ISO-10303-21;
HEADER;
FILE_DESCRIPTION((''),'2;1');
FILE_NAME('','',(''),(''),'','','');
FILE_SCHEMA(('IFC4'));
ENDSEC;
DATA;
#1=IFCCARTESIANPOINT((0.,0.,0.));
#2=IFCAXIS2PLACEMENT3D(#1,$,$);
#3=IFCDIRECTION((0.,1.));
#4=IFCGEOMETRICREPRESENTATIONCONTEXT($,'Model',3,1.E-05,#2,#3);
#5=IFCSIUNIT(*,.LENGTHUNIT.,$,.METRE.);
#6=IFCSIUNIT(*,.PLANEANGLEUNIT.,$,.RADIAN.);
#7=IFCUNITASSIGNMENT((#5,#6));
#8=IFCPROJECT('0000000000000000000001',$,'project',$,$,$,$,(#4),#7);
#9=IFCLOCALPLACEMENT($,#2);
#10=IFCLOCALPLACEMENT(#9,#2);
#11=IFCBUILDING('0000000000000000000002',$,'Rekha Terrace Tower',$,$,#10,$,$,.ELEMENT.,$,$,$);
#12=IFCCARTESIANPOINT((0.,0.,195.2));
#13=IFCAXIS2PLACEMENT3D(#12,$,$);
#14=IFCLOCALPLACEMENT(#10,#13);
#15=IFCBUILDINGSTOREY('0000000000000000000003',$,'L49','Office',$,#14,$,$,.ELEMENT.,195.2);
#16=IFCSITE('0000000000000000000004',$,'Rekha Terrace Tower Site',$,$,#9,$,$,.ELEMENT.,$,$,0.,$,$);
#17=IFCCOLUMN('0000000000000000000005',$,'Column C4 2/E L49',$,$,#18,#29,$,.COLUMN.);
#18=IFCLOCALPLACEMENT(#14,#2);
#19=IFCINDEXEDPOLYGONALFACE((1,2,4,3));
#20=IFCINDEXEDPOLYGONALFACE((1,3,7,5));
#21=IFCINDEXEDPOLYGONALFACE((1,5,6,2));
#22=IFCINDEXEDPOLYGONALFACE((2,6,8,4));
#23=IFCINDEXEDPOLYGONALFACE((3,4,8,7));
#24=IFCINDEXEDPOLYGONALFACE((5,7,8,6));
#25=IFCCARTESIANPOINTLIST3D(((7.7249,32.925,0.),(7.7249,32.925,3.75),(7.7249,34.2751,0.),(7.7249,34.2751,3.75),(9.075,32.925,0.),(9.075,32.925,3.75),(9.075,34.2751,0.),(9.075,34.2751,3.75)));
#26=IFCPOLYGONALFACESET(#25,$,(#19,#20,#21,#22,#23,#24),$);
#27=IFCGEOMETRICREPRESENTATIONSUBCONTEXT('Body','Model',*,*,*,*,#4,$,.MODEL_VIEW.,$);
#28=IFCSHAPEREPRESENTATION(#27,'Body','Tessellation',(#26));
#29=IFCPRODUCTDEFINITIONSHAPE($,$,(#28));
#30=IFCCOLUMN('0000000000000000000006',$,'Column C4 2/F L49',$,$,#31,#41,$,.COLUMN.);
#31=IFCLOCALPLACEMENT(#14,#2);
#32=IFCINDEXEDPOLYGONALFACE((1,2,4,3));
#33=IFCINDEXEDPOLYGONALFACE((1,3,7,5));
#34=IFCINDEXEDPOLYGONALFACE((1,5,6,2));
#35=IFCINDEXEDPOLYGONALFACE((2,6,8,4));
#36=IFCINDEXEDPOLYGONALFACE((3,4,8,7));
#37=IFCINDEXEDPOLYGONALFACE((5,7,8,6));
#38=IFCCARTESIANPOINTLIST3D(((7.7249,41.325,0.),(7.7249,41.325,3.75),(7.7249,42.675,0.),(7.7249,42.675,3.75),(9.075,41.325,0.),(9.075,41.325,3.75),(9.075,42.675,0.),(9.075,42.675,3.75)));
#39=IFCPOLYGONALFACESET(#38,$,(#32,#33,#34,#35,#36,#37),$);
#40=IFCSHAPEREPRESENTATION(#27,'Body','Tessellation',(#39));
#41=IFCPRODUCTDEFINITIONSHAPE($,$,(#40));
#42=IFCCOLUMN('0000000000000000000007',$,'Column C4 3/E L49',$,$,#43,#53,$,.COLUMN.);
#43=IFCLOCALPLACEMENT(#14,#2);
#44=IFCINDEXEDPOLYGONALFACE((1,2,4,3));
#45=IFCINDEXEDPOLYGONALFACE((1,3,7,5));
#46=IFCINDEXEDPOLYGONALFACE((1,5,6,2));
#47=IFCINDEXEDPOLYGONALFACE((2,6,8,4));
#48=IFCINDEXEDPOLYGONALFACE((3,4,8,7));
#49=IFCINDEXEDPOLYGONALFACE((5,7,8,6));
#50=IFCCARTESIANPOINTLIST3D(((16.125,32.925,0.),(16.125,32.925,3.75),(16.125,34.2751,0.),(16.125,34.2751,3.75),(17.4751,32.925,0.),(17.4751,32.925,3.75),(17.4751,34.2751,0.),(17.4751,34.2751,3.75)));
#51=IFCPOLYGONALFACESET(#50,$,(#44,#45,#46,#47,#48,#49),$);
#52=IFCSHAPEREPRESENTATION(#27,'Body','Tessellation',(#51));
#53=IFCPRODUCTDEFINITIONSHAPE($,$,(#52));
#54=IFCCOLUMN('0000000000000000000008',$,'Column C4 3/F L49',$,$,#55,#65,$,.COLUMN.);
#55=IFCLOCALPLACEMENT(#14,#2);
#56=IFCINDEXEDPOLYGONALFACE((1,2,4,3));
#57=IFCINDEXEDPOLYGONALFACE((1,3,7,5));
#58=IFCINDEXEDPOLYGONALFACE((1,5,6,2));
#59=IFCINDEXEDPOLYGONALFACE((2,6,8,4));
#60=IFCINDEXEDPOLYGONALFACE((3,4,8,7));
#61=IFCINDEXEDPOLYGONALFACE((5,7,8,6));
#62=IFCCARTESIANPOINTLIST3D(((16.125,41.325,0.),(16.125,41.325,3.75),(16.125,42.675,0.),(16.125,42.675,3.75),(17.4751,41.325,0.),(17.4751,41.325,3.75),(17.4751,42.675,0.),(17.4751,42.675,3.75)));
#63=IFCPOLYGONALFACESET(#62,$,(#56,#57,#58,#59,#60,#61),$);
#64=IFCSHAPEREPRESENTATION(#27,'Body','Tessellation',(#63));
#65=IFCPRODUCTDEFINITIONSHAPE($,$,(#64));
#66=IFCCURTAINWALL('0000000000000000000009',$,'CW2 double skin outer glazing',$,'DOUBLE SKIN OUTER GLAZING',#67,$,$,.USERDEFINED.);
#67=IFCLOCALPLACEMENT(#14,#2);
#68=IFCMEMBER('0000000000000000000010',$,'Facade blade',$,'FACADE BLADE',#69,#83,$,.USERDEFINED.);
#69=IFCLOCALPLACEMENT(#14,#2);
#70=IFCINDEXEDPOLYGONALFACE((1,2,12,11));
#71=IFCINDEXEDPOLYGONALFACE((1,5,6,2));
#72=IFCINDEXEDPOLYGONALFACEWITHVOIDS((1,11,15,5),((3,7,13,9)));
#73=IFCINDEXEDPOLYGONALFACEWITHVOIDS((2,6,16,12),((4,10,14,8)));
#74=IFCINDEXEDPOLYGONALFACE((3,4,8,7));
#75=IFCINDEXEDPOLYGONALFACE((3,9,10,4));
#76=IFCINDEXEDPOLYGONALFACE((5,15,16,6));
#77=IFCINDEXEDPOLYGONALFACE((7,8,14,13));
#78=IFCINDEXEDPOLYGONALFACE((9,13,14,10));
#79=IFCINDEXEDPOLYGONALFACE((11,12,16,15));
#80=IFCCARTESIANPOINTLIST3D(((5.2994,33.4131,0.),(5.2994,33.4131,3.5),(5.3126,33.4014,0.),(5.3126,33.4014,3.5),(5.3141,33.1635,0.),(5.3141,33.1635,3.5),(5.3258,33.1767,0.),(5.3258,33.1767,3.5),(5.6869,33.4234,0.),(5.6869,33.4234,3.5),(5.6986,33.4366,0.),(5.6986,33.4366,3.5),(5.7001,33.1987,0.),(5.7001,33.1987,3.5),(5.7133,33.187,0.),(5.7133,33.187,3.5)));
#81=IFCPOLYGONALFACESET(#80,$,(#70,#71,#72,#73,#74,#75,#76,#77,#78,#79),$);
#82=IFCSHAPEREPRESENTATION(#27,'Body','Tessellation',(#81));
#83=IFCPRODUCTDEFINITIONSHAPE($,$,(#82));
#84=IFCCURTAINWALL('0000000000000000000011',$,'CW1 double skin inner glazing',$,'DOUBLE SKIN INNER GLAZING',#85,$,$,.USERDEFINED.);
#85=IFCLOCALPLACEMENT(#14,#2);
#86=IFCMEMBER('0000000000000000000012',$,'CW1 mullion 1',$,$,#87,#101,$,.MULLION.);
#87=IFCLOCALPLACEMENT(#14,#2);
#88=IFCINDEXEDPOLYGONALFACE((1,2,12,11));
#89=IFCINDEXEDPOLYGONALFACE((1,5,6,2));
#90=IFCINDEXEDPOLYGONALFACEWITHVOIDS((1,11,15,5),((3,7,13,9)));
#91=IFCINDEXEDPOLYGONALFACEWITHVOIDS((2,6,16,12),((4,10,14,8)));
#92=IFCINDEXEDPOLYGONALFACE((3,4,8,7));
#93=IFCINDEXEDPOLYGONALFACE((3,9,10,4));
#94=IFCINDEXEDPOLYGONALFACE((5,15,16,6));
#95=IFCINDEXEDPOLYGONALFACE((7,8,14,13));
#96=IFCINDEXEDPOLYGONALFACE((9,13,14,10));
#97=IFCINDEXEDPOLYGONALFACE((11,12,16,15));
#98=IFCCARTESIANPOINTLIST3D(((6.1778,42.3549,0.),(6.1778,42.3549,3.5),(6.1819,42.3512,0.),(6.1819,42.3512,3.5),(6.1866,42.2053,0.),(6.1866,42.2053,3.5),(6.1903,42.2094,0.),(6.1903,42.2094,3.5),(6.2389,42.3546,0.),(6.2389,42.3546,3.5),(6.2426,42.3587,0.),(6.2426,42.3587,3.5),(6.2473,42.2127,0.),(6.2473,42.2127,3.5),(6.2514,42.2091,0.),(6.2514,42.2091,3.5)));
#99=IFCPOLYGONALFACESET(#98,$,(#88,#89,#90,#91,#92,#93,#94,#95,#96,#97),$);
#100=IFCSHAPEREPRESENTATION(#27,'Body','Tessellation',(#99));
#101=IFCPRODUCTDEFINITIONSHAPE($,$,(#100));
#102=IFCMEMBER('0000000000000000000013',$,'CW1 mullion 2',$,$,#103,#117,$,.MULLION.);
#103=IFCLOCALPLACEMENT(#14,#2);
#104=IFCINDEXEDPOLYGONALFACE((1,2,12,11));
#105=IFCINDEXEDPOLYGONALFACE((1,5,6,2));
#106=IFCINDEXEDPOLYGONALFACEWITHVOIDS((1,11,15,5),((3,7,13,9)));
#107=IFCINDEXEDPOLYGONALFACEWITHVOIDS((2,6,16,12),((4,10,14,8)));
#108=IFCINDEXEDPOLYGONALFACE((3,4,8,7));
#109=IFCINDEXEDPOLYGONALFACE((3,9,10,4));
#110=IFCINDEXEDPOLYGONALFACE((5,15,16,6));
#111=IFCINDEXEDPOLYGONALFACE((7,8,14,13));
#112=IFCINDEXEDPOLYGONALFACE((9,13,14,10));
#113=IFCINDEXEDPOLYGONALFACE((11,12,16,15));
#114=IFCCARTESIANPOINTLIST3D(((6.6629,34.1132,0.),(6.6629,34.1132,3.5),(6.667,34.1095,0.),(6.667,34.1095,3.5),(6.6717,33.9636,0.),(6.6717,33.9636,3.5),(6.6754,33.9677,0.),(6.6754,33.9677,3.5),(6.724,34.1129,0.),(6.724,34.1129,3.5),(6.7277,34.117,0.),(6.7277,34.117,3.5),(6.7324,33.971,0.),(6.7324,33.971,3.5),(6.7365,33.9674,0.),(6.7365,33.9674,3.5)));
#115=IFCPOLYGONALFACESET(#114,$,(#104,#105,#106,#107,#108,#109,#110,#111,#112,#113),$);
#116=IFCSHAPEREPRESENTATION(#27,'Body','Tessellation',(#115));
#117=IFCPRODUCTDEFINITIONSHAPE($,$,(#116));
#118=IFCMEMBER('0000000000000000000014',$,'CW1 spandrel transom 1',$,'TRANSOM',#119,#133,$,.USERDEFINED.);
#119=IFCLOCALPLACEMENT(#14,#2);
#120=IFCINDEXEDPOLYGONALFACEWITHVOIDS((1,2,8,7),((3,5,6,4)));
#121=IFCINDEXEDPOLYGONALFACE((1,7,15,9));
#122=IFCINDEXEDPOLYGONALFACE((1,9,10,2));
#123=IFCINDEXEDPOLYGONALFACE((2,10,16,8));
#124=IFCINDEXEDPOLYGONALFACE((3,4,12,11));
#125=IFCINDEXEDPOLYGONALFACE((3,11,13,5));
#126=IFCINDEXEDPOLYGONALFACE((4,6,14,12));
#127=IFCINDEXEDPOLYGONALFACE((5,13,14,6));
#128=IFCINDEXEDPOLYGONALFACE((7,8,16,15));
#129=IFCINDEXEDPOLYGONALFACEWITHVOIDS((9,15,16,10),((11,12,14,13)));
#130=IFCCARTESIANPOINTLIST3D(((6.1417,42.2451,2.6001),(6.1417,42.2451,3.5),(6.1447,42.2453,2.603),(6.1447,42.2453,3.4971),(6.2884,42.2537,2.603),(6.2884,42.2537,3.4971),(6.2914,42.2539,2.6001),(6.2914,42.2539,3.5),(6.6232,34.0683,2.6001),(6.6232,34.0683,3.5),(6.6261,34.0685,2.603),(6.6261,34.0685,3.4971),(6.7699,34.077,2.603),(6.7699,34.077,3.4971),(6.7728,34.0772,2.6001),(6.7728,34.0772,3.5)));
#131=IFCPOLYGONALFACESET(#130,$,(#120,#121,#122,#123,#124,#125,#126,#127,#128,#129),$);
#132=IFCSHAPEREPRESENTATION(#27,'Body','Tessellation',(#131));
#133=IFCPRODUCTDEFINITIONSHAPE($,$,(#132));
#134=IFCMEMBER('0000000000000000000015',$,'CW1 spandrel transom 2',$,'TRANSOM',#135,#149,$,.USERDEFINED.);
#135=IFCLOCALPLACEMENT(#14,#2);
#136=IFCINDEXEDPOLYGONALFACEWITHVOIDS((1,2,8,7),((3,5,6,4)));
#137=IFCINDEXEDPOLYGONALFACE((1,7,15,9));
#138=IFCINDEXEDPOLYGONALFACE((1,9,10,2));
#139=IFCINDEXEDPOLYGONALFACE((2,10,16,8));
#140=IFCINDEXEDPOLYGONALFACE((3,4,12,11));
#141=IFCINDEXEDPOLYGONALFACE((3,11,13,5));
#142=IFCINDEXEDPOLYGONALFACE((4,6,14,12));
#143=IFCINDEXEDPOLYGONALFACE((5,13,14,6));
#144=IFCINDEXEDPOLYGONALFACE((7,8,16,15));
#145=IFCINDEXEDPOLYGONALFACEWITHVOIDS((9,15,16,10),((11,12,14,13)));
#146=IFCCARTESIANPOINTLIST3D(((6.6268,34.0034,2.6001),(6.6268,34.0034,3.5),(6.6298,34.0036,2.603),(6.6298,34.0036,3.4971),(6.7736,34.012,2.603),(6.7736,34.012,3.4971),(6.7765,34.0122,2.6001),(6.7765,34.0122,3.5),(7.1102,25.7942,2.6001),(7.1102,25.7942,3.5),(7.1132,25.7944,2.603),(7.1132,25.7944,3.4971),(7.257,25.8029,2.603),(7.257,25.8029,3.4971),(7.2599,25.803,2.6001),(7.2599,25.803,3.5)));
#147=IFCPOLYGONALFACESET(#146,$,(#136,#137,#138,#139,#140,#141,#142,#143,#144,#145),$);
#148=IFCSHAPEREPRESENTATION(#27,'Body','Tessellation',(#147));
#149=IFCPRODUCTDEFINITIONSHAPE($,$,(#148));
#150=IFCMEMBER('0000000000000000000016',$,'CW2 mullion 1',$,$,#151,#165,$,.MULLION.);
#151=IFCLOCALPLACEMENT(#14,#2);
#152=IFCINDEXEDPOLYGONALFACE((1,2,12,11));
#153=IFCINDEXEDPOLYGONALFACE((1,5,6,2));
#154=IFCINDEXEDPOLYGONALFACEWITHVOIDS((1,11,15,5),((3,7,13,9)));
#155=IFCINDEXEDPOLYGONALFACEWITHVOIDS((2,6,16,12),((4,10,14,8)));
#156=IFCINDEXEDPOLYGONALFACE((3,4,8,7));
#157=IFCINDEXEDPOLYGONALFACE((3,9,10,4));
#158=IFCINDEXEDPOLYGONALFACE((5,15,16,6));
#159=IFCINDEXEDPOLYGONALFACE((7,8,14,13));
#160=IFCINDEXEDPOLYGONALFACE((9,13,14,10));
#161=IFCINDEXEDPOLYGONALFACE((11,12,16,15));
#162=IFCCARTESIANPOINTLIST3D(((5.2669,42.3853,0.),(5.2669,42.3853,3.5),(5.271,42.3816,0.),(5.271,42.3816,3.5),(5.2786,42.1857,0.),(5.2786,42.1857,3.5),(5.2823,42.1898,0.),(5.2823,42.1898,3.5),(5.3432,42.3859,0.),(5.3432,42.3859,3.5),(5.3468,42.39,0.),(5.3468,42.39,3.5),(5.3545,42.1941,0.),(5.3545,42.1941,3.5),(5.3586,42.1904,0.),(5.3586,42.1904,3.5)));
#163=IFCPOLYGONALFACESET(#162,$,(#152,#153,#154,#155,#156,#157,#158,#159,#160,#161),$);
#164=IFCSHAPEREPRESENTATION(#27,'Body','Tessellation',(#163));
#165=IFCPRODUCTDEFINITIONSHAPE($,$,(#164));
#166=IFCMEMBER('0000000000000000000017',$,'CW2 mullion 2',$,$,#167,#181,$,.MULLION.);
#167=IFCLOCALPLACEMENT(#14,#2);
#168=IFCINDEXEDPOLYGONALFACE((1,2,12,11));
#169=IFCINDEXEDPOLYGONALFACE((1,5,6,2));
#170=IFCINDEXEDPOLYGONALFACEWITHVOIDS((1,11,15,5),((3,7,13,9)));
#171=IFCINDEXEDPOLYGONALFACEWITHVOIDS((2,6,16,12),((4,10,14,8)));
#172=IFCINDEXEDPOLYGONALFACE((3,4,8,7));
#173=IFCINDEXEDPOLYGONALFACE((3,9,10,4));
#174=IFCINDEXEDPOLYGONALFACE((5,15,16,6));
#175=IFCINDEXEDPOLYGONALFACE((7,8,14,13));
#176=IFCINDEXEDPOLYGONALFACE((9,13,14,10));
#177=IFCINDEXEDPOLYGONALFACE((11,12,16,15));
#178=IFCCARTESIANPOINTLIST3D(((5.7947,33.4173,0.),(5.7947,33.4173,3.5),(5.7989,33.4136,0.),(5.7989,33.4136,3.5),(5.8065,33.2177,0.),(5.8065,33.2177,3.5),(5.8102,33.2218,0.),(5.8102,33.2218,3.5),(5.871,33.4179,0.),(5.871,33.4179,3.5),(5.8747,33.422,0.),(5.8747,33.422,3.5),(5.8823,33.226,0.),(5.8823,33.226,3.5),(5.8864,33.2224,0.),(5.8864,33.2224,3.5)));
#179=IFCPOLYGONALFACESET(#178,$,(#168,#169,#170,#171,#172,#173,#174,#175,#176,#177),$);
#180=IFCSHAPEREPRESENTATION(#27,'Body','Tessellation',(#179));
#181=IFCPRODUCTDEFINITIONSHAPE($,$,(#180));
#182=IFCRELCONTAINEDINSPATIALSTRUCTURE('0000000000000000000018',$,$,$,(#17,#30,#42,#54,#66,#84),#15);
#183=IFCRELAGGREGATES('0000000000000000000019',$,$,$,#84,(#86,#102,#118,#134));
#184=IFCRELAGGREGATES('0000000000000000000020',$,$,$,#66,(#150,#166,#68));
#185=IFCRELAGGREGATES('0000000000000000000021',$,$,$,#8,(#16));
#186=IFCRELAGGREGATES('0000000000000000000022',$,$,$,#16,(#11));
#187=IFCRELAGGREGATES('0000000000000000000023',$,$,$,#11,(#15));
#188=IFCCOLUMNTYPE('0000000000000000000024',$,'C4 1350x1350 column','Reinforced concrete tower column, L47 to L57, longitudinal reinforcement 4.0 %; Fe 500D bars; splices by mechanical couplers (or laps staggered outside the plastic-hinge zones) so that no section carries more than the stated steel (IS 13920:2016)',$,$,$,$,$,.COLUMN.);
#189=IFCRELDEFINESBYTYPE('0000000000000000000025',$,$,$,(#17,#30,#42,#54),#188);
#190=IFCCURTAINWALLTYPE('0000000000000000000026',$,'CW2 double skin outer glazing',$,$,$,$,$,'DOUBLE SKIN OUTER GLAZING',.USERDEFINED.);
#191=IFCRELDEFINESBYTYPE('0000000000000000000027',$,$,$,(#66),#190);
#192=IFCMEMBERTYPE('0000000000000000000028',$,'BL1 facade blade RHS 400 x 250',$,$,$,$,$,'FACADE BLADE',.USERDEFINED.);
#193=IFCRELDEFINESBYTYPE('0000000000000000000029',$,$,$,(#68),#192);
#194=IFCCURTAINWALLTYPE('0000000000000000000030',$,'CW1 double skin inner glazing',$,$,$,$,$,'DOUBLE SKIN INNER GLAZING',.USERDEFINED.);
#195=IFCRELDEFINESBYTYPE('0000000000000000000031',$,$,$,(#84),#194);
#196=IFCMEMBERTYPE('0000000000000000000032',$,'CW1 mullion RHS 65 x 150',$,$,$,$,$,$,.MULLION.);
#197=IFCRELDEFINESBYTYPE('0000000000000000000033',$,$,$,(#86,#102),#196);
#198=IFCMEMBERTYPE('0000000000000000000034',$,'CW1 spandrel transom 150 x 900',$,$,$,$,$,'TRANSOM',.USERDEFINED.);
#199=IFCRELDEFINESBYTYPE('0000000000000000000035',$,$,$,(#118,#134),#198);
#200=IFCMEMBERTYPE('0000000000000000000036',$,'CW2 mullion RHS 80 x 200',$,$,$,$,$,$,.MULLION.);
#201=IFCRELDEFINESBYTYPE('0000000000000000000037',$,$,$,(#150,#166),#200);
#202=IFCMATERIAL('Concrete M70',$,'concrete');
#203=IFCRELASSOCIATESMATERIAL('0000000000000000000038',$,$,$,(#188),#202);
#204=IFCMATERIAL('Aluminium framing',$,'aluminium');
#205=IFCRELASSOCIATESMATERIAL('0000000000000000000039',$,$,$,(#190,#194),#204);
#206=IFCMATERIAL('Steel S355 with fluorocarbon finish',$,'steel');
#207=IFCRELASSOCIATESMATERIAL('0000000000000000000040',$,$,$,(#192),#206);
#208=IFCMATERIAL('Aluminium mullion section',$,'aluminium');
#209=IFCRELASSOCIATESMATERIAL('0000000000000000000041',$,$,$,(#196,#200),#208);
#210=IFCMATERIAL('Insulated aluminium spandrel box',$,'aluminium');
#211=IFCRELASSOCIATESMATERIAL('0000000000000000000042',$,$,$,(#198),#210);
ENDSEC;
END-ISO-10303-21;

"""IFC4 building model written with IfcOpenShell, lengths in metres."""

from ifc_helpers import new_model, si_unit, direction, frame, origin, origin_2d, place, context, subcontext, project, spatial, rectangle, hollow_rectangle, extrude, material, material_profile, profile_set, type_object, element, aggregate, save


model = new_model("IFC4")

# Units and contexts
model_context = context("Model", 3, precision=1e-05, world=origin(), true_north=direction((0.0, 1.0)))
body_context = subcontext(model_context, "Body", "Model", "MODEL_VIEW")
ifc_project = project(units=[si_unit("LENGTHUNIT", "METRE"), si_unit("PLANEANGLEUNIT", "RADIAN")], contexts=[model_context])

# Site, building, storey
site_placement = place(None, origin())
site = spatial("IfcSite", under=ifc_project, at=site_placement, Name="Rekha Terrace Tower Site", CompositionType="ELEMENT", RefElevation=0.0)
building_placement = place(site_placement, origin())
building = spatial("IfcBuilding", under=site, at=building_placement, Name="Rekha Terrace Tower", CompositionType="ELEMENT")
storey_placement = place(building_placement, frame((0.0, 0.0, 195.2)))
storey = spatial("IfcBuildingStorey", under=building, at=storey_placement, Name="L49", Description="Office", CompositionType="ELEMENT", Elevation=195.2)

# Columns
ifc_material_1 = material(Name="Concrete M70", Category="concrete")
ifc_material_profile_1 = material_profile(ifc_material_1, rectangle(XDim=1.3501, YDim=1.3501, at=origin_2d()), Name="RC 1350x1350")
ifc_profile_set_1 = profile_set([ifc_material_profile_1], Name="Concrete M70")
column_type = type_object("IfcColumnType", Name="C4 1350x1350 column", Description="Reinforced concrete tower column, L47 to L57, longitudinal reinforcement 4.0 %; Fe 500D bars; splices by mechanical couplers (or laps staggered outside the plastic-hinge zones) so that no section carries more than the stated steel (IS 13920:2016)", PredefinedType="COLUMN", material=ifc_profile_set_1)
for number, where, z_axis, x_axis, name in (
    (1, (8.3999, 33.6001, 0.0), (0.0, 0.0, 1.0), (1.0, 0.0, 0.0), "Column C4 2/E L49"),
    (2, (8.3999, 42.0, 0.0), (0.0, 0.0, 1.0), (1.0, 0.0, 0.0), "Column C4 2/F L49"),
    (3, (16.8, 33.6001, 0.0), (0.0, 0.0, 1.0), (1.0, 0.0, 0.0), "Column C4 3/E L49"),
    (4, (16.8, 42.0, 0.0), (0.0, 0.0, 1.0), (1.0, 0.0, 0.0), "Column C4 3/F L49"),
):
    element("IfcColumn", number, at=place(storey_placement, frame(where, z_axis=z_axis, x_axis=x_axis)), inside=storey, type_object=column_type, Name=name, PredefinedType="COLUMN", context=body_context, shape_type="SweptSolid", body=[
        extrude(rectangle(XDim=1.3501, YDim=1.3501, at=origin_2d()), origin(), (0.0, 0.0, 1.0), 3.75),
    ])

# Curtain wall, member
ifc_material_2 = material(Name="Aluminium framing", Category="aluminium")
curtain_wall_type_1 = type_object("IfcCurtainWallType", Name="CW2 double skin outer glazing", ElementType="DOUBLE SKIN OUTER GLAZING", PredefinedType="USERDEFINED", material=ifc_material_2)
curtain_wall_1_placement = place(storey_placement, origin())
curtain_wall_1 = element("IfcCurtainWall", 5, at=curtain_wall_1_placement, inside=storey, type_object=curtain_wall_type_1, Name="CW2 double skin outer glazing", ObjectType="DOUBLE SKIN OUTER GLAZING", PredefinedType="USERDEFINED")
ifc_material_3 = material(Name="Steel S355 with fluorocarbon finish", Category="steel")
ifc_material_profile_2 = material_profile(ifc_material_3, hollow_rectangle(XDim=0.25, YDim=0.3999, WallThickness=0.0125, at=origin_2d()), Name="RHS400x250x12.5")
ifc_profile_set_2 = profile_set([ifc_material_profile_2], Name="Steel S355 with fluorocarbon finish")
member_type_1 = type_object("IfcMemberType", Name="BL1 facade blade RHS 400 x 250", ElementType="FACADE BLADE", PredefinedType="USERDEFINED", material=ifc_profile_set_2)
member_1_placement = place(storey_placement, frame((5.5063, 33.3, 0.0), z_axis=(0.0, 0.0, 1.0), x_axis=(0.058765, -0.998272, 0.0)))
member_1 = element("IfcMember", 6, at=member_1_placement, type_object=member_type_1, Name="Facade blade", ObjectType="FACADE BLADE", PredefinedType="USERDEFINED", context=body_context, shape_type="SweptSolid", body=[
    extrude(hollow_rectangle(XDim=0.25, YDim=0.3999, WallThickness=0.0125, at=origin_2d()), origin(), (0.0, 0.0, 1.0), 3.5),
])

# Curtain wall, members
curtain_wall_type_2 = type_object("IfcCurtainWallType", Name="CW1 double skin inner glazing", ElementType="DOUBLE SKIN INNER GLAZING", PredefinedType="USERDEFINED", material=ifc_material_2)
curtain_wall_2_placement = place(storey_placement, origin())
curtain_wall_2 = element("IfcCurtainWall", 7, at=curtain_wall_2_placement, inside=storey, type_object=curtain_wall_type_2, Name="CW1 double skin inner glazing", ObjectType="DOUBLE SKIN INNER GLAZING", PredefinedType="USERDEFINED")
ifc_material_4 = material(Name="Aluminium mullion section", Category="aluminium")
ifc_material_profile_3 = material_profile(ifc_material_4, hollow_rectangle(XDim=0.0649, YDim=0.1499, WallThickness=0.0039, at=origin_2d()), Name="AL RHS 65x150")
ifc_profile_set_3 = profile_set([ifc_material_profile_3], Name="Aluminium mullion section")
member_type_2 = type_object("IfcMemberType", Name="CW1 mullion RHS 65 x 150", PredefinedType="MULLION", material=ifc_profile_set_3)
member_2_placement = place(storey_placement, frame((6.2146, 42.282, 0.0), z_axis=(0.0, 0.0, 1.0), x_axis=(0.998272, 0.058765, 0.0)))
member_2 = element("IfcMember", 8, at=member_2_placement, type_object=member_type_2, Name="CW1 mullion 1", PredefinedType="MULLION", context=body_context, shape_type="SweptSolid", body=[
    extrude(hollow_rectangle(XDim=0.0649, YDim=0.1499, WallThickness=0.0039, at=origin_2d()), origin(), (0.0, 0.0, 1.0), 3.5),
])
member_3_placement = place(storey_placement, frame((6.6997, 34.0403, 0.0), z_axis=(0.0, 0.0, 1.0), x_axis=(0.998272, 0.058765, 0.0)))
member_3 = element("IfcMember", 9, at=member_3_placement, type_object=member_type_2, Name="CW1 mullion 2", PredefinedType="MULLION", context=body_context, shape_type="SweptSolid", body=[
    extrude(hollow_rectangle(XDim=0.0649, YDim=0.1499, WallThickness=0.0039, at=origin_2d()), origin(), (0.0, 0.0, 1.0), 3.5),
])
ifc_material_5 = material(Name="Insulated aluminium spandrel box", Category="aluminium")
ifc_material_profile_4 = material_profile(ifc_material_5, hollow_rectangle(XDim=0.1499, YDim=0.8999, WallThickness=0.0029, at=origin_2d()), Name="AL SPANDREL BOX 150x900")
ifc_profile_set_4 = profile_set([ifc_material_profile_4], Name="Insulated aluminium spandrel box")
member_type_3 = type_object("IfcMemberType", Name="CW1 spandrel transom 150 x 900", ElementType="TRANSOM", PredefinedType="USERDEFINED", material=ifc_profile_set_4)
member_4_placement = place(storey_placement, frame((6.2166, 42.2495, 3.05), z_axis=(0.058778, -0.998271, 0.0), x_axis=(0.998271, 0.058778, 0.0)))
member_4 = element("IfcMember", 10, at=member_4_placement, type_object=member_type_3, Name="CW1 spandrel transom 1", ObjectType="TRANSOM", PredefinedType="USERDEFINED", context=body_context, shape_type="SweptSolid", body=[
    extrude(hollow_rectangle(XDim=0.1499, YDim=0.8999, WallThickness=0.0029, at=origin_2d()), origin(), (0.0, 0.0, 1.0), 8.1909),
])
member_5_placement = place(storey_placement, frame((6.7017, 34.0078, 3.05), z_axis=(0.058783, -0.998271, 0.0), x_axis=(0.998271, 0.058783, 0.0)))
member_5 = element("IfcMember", 11, at=member_5_placement, type_object=member_type_3, Name="CW1 spandrel transom 2", ObjectType="TRANSOM", PredefinedType="USERDEFINED", context=body_context, shape_type="SweptSolid", body=[
    extrude(hollow_rectangle(XDim=0.1499, YDim=0.8999, WallThickness=0.0029, at=origin_2d()), origin(), (0.0, 0.0, 1.0), 8.2234),
])

# Members
ifc_material_profile_5 = material_profile(ifc_material_4, hollow_rectangle(XDim=0.0801, YDim=0.2, WallThickness=0.0039, at=origin_2d()), Name="AL RHS 80x200")
ifc_profile_set_5 = profile_set([ifc_material_profile_5], Name="Aluminium mullion section")
member_type_4 = type_object("IfcMemberType", Name="CW2 mullion RHS 80 x 200", PredefinedType="MULLION", material=ifc_profile_set_5)
member_6_placement = place(storey_placement, frame((5.3127, 42.2878, 0.0), z_axis=(0.0, 0.0, 1.0), x_axis=(0.998272, 0.058765, 0.0)))
member_6 = element("IfcMember", 12, at=member_6_placement, type_object=member_type_4, Name="CW2 mullion 1", PredefinedType="MULLION", context=body_context, shape_type="SweptSolid", body=[
    extrude(hollow_rectangle(XDim=0.0801, YDim=0.2, WallThickness=0.0039, at=origin_2d()), origin(), (0.0, 0.0, 1.0), 3.5),
])
member_7_placement = place(storey_placement, frame((5.8406, 33.3198, 0.0), z_axis=(0.0, 0.0, 1.0), x_axis=(0.998272, 0.058765, 0.0)))
member_7 = element("IfcMember", 13, at=member_7_placement, type_object=member_type_4, Name="CW2 mullion 2", PredefinedType="MULLION", context=body_context, shape_type="SweptSolid", body=[
    extrude(hollow_rectangle(XDim=0.0801, YDim=0.2, WallThickness=0.0039, at=origin_2d()), origin(), (0.0, 0.0, 1.0), 3.5),
])

aggregate(curtain_wall_2, [member_2, member_3, member_4, member_5])
aggregate(curtain_wall_1, [member_6, member_7, member_1])

save(model, "model.ifc")
